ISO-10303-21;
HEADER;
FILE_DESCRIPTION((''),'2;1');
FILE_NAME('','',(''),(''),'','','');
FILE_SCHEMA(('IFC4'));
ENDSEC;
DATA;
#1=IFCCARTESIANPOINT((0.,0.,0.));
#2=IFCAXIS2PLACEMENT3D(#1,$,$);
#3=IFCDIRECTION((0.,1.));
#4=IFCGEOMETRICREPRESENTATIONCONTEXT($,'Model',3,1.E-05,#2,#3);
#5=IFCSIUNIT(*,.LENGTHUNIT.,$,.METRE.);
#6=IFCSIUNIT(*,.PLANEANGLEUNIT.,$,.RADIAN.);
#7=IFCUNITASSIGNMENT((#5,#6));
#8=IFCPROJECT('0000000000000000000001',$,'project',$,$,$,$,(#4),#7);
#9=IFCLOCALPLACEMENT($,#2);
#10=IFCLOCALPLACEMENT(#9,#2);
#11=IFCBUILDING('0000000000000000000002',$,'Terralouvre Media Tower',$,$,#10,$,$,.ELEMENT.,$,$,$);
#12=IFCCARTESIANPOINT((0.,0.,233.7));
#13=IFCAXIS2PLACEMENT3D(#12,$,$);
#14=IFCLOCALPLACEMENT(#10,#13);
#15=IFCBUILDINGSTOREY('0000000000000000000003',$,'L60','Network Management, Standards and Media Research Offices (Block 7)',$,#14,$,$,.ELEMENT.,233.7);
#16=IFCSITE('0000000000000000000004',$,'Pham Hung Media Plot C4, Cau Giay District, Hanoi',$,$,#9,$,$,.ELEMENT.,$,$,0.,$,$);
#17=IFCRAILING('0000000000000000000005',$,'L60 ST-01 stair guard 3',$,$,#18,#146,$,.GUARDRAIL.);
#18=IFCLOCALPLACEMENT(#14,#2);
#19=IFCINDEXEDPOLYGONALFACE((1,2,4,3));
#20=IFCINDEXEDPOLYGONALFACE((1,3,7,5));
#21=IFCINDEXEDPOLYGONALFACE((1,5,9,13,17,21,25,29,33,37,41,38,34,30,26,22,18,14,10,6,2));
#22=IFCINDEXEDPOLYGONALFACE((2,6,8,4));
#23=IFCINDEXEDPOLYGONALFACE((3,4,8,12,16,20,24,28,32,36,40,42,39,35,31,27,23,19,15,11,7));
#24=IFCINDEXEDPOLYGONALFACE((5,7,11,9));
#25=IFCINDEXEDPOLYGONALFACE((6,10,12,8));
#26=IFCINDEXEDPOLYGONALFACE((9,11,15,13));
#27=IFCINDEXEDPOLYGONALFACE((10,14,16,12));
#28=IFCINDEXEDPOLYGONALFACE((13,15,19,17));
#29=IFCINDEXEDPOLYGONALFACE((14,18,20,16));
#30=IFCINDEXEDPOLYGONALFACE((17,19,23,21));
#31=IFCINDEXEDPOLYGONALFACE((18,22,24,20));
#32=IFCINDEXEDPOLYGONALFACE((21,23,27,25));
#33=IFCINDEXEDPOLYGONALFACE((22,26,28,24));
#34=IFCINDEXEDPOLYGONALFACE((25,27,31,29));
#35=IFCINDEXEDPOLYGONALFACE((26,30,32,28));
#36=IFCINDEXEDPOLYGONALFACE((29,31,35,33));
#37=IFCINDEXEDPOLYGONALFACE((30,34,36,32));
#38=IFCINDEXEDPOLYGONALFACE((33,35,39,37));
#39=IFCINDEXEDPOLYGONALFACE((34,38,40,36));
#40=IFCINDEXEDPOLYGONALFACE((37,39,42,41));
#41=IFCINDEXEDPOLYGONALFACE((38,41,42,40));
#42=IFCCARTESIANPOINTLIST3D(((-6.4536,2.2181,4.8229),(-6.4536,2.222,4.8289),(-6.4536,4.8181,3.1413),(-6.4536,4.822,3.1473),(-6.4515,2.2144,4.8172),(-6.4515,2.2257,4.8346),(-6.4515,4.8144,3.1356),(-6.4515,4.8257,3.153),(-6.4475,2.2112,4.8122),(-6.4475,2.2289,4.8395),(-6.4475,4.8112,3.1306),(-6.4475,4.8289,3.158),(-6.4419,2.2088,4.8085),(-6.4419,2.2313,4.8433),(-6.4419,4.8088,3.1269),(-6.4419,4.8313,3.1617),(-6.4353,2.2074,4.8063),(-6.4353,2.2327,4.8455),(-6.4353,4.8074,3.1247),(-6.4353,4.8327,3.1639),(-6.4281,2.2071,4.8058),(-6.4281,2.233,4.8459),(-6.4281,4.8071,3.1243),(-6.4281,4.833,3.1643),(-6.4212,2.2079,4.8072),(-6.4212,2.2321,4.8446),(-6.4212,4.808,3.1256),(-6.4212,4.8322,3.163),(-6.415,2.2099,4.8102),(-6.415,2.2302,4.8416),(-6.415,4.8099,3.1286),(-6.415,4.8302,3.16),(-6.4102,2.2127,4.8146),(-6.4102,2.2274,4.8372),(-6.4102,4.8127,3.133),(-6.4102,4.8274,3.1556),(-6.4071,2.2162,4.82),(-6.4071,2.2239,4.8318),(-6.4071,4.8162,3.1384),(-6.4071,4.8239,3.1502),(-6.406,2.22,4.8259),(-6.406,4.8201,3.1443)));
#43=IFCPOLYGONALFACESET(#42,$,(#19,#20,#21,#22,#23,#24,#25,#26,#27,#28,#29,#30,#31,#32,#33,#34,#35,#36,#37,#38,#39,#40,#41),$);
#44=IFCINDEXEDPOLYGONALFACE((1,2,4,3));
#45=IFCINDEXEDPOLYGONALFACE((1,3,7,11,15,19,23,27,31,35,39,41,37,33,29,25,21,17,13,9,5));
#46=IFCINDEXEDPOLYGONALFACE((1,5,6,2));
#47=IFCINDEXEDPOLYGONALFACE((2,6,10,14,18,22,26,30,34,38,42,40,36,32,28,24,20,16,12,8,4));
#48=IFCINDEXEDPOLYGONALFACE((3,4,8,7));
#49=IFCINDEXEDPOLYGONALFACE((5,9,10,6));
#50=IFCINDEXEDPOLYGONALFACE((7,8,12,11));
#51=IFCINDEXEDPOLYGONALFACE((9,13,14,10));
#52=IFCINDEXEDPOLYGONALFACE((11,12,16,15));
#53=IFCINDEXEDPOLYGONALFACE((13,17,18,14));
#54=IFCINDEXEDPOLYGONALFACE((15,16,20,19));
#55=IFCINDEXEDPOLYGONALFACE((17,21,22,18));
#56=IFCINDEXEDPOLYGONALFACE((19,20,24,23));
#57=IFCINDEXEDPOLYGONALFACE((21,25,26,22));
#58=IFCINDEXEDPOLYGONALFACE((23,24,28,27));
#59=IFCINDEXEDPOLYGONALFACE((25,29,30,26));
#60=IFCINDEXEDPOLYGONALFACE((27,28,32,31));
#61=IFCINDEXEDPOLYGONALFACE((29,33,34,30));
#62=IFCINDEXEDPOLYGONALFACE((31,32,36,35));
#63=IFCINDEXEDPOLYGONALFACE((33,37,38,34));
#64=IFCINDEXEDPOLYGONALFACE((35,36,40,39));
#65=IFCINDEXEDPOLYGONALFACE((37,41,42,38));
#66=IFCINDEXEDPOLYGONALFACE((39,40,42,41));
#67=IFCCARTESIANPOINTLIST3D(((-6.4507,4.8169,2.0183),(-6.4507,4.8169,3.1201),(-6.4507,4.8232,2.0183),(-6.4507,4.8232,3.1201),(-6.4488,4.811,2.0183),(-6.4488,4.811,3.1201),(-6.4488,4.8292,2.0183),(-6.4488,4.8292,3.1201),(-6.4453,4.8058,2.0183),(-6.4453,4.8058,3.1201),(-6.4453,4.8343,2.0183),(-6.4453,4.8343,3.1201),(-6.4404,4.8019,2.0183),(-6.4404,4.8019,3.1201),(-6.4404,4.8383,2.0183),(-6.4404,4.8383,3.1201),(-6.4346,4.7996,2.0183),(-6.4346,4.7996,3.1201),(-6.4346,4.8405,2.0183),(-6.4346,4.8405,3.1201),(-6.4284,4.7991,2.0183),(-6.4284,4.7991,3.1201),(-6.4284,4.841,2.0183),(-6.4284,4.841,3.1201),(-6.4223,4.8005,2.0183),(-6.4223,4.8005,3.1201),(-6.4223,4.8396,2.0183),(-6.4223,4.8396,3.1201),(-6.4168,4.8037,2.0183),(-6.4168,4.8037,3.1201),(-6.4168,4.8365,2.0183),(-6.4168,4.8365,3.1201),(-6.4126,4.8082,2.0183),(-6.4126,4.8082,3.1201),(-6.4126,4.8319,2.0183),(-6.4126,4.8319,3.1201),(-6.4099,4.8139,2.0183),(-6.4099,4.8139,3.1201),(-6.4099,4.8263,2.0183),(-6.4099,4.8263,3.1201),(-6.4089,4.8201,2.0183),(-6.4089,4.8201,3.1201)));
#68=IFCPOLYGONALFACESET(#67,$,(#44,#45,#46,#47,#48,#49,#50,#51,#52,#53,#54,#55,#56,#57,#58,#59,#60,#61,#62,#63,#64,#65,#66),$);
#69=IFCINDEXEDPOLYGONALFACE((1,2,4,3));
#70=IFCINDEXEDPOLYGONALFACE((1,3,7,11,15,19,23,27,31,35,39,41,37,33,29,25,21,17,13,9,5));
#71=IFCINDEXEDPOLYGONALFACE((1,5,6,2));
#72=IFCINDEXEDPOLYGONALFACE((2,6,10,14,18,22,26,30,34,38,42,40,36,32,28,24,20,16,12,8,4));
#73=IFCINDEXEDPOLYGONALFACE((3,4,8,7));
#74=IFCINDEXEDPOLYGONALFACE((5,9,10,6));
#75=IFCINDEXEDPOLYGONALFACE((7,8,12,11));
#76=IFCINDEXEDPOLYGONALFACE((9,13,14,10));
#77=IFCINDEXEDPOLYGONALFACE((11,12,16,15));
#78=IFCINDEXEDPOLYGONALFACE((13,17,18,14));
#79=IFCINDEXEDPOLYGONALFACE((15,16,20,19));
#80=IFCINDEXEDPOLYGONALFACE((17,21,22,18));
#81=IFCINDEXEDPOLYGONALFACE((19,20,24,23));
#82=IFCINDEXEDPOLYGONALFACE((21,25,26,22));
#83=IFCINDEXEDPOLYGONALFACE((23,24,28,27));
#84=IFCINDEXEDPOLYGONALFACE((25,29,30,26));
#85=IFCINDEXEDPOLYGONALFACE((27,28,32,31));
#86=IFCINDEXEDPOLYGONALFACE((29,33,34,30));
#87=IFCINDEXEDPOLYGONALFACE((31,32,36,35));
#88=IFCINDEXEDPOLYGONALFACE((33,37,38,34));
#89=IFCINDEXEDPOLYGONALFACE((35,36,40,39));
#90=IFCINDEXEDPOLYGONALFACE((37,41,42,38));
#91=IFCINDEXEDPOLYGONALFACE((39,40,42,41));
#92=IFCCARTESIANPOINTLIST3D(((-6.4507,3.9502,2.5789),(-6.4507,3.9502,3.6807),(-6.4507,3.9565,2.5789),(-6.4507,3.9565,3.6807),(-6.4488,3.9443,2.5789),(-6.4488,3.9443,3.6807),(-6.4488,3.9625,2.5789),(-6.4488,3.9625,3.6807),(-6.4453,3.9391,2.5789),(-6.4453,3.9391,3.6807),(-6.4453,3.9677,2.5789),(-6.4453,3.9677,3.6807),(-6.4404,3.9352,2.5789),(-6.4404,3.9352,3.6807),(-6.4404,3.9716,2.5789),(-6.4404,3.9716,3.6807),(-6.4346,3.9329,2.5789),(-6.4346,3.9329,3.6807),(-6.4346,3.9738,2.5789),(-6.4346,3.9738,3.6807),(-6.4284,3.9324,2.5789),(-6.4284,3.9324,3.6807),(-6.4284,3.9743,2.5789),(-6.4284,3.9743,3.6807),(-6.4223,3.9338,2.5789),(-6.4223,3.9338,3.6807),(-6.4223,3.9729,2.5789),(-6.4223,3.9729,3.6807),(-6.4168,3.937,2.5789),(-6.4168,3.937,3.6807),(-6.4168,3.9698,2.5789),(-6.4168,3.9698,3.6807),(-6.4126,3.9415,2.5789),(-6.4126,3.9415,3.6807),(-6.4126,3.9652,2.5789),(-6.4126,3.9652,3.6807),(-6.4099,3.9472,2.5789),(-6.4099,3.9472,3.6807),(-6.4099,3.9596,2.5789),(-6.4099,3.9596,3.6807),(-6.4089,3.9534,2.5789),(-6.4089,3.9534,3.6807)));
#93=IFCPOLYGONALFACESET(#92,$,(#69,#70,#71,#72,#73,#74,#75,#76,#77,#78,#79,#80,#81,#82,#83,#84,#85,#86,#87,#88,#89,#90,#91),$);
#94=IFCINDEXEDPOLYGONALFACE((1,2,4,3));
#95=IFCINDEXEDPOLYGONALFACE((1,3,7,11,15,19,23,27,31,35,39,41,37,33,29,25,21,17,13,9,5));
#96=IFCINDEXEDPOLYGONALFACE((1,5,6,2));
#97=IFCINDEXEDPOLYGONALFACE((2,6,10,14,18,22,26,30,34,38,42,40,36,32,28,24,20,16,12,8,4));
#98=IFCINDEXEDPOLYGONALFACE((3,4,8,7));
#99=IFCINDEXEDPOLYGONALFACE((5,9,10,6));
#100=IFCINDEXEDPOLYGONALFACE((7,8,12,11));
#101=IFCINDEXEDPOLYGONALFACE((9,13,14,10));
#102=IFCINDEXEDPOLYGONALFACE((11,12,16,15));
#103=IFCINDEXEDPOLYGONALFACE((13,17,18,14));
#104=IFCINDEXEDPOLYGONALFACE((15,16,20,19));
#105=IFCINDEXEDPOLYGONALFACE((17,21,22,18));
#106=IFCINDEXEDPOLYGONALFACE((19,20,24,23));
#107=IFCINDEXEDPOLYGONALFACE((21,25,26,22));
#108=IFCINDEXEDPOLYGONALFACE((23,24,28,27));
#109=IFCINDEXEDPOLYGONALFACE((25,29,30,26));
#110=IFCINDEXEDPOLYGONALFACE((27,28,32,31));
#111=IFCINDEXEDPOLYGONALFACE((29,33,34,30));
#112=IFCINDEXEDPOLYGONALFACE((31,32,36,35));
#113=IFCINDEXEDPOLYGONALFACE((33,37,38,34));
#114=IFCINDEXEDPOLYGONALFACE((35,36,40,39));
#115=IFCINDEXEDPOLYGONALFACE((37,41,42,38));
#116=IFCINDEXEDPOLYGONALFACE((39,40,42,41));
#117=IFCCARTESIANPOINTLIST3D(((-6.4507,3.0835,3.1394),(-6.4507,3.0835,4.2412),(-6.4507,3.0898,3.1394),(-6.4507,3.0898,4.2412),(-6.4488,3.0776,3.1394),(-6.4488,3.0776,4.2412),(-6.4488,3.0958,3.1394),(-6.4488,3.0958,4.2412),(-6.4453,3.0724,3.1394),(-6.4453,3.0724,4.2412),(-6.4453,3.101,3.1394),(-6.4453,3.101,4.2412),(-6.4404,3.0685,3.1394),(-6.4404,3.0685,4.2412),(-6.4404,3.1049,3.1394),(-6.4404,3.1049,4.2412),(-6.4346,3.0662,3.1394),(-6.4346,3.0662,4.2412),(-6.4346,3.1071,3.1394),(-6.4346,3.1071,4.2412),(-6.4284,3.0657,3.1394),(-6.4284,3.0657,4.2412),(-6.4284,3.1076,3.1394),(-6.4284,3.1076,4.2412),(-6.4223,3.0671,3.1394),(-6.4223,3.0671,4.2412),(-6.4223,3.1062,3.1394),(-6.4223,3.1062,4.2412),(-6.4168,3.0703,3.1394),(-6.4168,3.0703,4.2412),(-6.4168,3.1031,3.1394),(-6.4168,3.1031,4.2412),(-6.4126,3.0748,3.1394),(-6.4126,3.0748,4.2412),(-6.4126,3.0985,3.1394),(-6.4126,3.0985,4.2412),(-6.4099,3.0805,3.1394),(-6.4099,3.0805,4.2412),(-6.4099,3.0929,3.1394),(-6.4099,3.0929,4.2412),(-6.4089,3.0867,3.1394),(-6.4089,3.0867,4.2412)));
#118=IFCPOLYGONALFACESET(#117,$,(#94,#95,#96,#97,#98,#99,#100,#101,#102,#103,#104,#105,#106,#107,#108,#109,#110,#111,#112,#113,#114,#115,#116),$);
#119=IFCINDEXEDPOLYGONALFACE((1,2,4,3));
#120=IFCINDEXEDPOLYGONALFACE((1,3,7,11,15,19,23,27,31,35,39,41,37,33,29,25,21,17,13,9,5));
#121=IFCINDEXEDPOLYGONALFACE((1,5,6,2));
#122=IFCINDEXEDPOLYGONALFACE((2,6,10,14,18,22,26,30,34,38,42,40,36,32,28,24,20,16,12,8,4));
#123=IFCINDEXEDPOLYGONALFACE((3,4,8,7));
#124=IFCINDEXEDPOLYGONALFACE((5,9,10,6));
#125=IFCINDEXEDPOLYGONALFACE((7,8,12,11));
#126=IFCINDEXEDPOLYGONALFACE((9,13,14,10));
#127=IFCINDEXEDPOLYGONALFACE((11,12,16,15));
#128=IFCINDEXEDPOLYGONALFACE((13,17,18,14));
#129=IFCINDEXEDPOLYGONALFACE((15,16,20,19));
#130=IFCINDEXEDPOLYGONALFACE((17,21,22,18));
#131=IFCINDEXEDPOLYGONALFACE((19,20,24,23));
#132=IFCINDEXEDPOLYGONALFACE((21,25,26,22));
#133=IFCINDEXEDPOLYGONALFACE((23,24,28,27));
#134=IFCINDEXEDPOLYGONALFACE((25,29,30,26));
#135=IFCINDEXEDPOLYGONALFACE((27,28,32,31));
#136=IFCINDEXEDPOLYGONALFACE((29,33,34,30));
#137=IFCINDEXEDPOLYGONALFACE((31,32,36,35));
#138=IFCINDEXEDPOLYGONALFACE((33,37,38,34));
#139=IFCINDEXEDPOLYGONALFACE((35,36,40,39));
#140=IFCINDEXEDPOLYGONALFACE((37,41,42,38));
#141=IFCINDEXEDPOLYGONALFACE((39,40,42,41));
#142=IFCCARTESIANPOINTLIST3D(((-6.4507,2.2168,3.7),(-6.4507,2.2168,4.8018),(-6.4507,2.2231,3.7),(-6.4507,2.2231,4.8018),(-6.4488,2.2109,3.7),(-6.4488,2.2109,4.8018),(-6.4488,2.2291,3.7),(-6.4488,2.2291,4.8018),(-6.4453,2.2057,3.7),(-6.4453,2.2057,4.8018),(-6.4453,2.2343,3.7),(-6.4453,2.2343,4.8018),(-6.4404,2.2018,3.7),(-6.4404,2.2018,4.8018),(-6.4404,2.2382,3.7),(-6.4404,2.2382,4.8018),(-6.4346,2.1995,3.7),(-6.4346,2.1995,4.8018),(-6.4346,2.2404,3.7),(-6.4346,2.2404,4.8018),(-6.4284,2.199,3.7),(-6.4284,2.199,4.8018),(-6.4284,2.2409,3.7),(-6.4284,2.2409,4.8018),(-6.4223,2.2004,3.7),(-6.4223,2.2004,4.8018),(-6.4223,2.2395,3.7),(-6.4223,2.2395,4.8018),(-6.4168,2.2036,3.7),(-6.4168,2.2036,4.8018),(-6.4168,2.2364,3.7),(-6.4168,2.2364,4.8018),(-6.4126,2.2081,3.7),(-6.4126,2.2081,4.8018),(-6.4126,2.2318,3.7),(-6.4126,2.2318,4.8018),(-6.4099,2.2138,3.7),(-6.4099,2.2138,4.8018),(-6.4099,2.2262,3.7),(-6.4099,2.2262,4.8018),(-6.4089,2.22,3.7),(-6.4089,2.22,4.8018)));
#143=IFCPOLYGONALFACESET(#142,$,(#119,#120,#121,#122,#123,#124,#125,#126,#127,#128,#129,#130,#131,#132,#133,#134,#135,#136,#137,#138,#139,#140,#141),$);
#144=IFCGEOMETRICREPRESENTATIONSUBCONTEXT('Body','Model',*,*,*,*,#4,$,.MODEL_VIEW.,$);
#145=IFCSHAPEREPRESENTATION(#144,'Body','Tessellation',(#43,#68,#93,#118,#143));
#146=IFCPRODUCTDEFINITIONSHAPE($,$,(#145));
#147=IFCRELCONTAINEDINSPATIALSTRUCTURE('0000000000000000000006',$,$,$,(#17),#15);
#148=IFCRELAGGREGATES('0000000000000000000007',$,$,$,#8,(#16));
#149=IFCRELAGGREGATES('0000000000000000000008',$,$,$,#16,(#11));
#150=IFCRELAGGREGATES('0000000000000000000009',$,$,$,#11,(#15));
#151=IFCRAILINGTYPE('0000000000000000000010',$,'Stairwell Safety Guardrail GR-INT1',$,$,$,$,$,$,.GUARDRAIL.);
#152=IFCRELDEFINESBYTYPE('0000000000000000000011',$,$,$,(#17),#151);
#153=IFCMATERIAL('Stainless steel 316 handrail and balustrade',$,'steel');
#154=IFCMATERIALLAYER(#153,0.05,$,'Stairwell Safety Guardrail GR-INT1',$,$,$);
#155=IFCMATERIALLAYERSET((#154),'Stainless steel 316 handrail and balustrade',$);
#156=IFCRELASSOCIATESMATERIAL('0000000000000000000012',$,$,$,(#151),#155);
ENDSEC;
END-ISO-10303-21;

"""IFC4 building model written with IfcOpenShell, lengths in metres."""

from ifc_helpers import new_model, si_unit, direction, frame, origin, origin_2d, place, context, subcontext, project, spatial, circle, extrude, material, layer, layer_set, type_object, element, save


model = new_model("IFC4")

# Units and contexts
model_context = context("Model", 3, precision=1e-05, world=origin(), true_north=direction((0.0, 1.0)))
body_context = subcontext(model_context, "Body", "Model", "MODEL_VIEW")
ifc_project = project(units=[si_unit("LENGTHUNIT", "METRE"), si_unit("PLANEANGLEUNIT", "RADIAN")], contexts=[model_context])

# Site, building, storey
site_placement = place(None, origin())
site = spatial("IfcSite", under=ifc_project, at=site_placement, Name="Pham Hung Media Plot C4, Cau Giay District, Hanoi", CompositionType="ELEMENT", RefElevation=0.0)
building_placement = place(site_placement, origin())
building = spatial("IfcBuilding", under=site, at=building_placement, Name="Terralouvre Media Tower", CompositionType="ELEMENT")
storey_placement = place(building_placement, frame((0.0, 0.0, 233.7)))
storey = spatial("IfcBuildingStorey", under=building, at=storey_placement, Name="L60", Description="Network Management, Standards and Media Research Offices (Block 7)", CompositionType="ELEMENT", Elevation=233.7)

# Railing
ifc_material_1 = material(Name="Stainless steel 316 handrail and balustrade", Category="steel")
ifc_layer_1 = layer(ifc_material_1, 0.05, Name="Stairwell Safety Guardrail GR-INT1")
ifc_layer_set_1 = layer_set([ifc_layer_1], Name="Stainless steel 316 handrail and balustrade")
railing_type_1 = type_object("IfcRailingType", Name="Stairwell Safety Guardrail GR-INT1", PredefinedType="GUARDRAIL", material=ifc_layer_set_1)
railing_1_placement = place(storey_placement, frame((-6.4299, 4.8201, 2.0183)))
element("IfcRailing", 1, at=railing_1_placement, inside=storey, type_object=railing_type_1, Name="L60 ST-01 stair guard 3", PredefinedType="GUARDRAIL", context=body_context, shape_type="SweptSolid", body=[
    extrude(circle(Radius=0.0239, at=origin_2d()), frame((0.0, 0.0, 1.126), z_axis=(0.0, -0.839684, 0.543075), x_axis=(1.0, 0.0, 0.0)), (0.0, 0.0, 1.0), 3.0964),
    extrude(circle(Radius=0.021, at=origin_2d()), origin(), (0.0, 0.0, 1.0), 1.1018),
    extrude(circle(Radius=0.021, at=origin_2d()), frame((0.0, -0.8667, 0.5605)), (0.0, 0.0, 1.0), 1.1018),
    extrude(circle(Radius=0.021, at=origin_2d()), frame((0.0, -1.7334, 1.1211)), (0.0, 0.0, 1.0), 1.1018),
    extrude(circle(Radius=0.021, at=origin_2d()), frame((0.0, -2.6001, 1.6816)), (0.0, 0.0, 1.0), 1.1018),
])

save(model, "model.ifc")
